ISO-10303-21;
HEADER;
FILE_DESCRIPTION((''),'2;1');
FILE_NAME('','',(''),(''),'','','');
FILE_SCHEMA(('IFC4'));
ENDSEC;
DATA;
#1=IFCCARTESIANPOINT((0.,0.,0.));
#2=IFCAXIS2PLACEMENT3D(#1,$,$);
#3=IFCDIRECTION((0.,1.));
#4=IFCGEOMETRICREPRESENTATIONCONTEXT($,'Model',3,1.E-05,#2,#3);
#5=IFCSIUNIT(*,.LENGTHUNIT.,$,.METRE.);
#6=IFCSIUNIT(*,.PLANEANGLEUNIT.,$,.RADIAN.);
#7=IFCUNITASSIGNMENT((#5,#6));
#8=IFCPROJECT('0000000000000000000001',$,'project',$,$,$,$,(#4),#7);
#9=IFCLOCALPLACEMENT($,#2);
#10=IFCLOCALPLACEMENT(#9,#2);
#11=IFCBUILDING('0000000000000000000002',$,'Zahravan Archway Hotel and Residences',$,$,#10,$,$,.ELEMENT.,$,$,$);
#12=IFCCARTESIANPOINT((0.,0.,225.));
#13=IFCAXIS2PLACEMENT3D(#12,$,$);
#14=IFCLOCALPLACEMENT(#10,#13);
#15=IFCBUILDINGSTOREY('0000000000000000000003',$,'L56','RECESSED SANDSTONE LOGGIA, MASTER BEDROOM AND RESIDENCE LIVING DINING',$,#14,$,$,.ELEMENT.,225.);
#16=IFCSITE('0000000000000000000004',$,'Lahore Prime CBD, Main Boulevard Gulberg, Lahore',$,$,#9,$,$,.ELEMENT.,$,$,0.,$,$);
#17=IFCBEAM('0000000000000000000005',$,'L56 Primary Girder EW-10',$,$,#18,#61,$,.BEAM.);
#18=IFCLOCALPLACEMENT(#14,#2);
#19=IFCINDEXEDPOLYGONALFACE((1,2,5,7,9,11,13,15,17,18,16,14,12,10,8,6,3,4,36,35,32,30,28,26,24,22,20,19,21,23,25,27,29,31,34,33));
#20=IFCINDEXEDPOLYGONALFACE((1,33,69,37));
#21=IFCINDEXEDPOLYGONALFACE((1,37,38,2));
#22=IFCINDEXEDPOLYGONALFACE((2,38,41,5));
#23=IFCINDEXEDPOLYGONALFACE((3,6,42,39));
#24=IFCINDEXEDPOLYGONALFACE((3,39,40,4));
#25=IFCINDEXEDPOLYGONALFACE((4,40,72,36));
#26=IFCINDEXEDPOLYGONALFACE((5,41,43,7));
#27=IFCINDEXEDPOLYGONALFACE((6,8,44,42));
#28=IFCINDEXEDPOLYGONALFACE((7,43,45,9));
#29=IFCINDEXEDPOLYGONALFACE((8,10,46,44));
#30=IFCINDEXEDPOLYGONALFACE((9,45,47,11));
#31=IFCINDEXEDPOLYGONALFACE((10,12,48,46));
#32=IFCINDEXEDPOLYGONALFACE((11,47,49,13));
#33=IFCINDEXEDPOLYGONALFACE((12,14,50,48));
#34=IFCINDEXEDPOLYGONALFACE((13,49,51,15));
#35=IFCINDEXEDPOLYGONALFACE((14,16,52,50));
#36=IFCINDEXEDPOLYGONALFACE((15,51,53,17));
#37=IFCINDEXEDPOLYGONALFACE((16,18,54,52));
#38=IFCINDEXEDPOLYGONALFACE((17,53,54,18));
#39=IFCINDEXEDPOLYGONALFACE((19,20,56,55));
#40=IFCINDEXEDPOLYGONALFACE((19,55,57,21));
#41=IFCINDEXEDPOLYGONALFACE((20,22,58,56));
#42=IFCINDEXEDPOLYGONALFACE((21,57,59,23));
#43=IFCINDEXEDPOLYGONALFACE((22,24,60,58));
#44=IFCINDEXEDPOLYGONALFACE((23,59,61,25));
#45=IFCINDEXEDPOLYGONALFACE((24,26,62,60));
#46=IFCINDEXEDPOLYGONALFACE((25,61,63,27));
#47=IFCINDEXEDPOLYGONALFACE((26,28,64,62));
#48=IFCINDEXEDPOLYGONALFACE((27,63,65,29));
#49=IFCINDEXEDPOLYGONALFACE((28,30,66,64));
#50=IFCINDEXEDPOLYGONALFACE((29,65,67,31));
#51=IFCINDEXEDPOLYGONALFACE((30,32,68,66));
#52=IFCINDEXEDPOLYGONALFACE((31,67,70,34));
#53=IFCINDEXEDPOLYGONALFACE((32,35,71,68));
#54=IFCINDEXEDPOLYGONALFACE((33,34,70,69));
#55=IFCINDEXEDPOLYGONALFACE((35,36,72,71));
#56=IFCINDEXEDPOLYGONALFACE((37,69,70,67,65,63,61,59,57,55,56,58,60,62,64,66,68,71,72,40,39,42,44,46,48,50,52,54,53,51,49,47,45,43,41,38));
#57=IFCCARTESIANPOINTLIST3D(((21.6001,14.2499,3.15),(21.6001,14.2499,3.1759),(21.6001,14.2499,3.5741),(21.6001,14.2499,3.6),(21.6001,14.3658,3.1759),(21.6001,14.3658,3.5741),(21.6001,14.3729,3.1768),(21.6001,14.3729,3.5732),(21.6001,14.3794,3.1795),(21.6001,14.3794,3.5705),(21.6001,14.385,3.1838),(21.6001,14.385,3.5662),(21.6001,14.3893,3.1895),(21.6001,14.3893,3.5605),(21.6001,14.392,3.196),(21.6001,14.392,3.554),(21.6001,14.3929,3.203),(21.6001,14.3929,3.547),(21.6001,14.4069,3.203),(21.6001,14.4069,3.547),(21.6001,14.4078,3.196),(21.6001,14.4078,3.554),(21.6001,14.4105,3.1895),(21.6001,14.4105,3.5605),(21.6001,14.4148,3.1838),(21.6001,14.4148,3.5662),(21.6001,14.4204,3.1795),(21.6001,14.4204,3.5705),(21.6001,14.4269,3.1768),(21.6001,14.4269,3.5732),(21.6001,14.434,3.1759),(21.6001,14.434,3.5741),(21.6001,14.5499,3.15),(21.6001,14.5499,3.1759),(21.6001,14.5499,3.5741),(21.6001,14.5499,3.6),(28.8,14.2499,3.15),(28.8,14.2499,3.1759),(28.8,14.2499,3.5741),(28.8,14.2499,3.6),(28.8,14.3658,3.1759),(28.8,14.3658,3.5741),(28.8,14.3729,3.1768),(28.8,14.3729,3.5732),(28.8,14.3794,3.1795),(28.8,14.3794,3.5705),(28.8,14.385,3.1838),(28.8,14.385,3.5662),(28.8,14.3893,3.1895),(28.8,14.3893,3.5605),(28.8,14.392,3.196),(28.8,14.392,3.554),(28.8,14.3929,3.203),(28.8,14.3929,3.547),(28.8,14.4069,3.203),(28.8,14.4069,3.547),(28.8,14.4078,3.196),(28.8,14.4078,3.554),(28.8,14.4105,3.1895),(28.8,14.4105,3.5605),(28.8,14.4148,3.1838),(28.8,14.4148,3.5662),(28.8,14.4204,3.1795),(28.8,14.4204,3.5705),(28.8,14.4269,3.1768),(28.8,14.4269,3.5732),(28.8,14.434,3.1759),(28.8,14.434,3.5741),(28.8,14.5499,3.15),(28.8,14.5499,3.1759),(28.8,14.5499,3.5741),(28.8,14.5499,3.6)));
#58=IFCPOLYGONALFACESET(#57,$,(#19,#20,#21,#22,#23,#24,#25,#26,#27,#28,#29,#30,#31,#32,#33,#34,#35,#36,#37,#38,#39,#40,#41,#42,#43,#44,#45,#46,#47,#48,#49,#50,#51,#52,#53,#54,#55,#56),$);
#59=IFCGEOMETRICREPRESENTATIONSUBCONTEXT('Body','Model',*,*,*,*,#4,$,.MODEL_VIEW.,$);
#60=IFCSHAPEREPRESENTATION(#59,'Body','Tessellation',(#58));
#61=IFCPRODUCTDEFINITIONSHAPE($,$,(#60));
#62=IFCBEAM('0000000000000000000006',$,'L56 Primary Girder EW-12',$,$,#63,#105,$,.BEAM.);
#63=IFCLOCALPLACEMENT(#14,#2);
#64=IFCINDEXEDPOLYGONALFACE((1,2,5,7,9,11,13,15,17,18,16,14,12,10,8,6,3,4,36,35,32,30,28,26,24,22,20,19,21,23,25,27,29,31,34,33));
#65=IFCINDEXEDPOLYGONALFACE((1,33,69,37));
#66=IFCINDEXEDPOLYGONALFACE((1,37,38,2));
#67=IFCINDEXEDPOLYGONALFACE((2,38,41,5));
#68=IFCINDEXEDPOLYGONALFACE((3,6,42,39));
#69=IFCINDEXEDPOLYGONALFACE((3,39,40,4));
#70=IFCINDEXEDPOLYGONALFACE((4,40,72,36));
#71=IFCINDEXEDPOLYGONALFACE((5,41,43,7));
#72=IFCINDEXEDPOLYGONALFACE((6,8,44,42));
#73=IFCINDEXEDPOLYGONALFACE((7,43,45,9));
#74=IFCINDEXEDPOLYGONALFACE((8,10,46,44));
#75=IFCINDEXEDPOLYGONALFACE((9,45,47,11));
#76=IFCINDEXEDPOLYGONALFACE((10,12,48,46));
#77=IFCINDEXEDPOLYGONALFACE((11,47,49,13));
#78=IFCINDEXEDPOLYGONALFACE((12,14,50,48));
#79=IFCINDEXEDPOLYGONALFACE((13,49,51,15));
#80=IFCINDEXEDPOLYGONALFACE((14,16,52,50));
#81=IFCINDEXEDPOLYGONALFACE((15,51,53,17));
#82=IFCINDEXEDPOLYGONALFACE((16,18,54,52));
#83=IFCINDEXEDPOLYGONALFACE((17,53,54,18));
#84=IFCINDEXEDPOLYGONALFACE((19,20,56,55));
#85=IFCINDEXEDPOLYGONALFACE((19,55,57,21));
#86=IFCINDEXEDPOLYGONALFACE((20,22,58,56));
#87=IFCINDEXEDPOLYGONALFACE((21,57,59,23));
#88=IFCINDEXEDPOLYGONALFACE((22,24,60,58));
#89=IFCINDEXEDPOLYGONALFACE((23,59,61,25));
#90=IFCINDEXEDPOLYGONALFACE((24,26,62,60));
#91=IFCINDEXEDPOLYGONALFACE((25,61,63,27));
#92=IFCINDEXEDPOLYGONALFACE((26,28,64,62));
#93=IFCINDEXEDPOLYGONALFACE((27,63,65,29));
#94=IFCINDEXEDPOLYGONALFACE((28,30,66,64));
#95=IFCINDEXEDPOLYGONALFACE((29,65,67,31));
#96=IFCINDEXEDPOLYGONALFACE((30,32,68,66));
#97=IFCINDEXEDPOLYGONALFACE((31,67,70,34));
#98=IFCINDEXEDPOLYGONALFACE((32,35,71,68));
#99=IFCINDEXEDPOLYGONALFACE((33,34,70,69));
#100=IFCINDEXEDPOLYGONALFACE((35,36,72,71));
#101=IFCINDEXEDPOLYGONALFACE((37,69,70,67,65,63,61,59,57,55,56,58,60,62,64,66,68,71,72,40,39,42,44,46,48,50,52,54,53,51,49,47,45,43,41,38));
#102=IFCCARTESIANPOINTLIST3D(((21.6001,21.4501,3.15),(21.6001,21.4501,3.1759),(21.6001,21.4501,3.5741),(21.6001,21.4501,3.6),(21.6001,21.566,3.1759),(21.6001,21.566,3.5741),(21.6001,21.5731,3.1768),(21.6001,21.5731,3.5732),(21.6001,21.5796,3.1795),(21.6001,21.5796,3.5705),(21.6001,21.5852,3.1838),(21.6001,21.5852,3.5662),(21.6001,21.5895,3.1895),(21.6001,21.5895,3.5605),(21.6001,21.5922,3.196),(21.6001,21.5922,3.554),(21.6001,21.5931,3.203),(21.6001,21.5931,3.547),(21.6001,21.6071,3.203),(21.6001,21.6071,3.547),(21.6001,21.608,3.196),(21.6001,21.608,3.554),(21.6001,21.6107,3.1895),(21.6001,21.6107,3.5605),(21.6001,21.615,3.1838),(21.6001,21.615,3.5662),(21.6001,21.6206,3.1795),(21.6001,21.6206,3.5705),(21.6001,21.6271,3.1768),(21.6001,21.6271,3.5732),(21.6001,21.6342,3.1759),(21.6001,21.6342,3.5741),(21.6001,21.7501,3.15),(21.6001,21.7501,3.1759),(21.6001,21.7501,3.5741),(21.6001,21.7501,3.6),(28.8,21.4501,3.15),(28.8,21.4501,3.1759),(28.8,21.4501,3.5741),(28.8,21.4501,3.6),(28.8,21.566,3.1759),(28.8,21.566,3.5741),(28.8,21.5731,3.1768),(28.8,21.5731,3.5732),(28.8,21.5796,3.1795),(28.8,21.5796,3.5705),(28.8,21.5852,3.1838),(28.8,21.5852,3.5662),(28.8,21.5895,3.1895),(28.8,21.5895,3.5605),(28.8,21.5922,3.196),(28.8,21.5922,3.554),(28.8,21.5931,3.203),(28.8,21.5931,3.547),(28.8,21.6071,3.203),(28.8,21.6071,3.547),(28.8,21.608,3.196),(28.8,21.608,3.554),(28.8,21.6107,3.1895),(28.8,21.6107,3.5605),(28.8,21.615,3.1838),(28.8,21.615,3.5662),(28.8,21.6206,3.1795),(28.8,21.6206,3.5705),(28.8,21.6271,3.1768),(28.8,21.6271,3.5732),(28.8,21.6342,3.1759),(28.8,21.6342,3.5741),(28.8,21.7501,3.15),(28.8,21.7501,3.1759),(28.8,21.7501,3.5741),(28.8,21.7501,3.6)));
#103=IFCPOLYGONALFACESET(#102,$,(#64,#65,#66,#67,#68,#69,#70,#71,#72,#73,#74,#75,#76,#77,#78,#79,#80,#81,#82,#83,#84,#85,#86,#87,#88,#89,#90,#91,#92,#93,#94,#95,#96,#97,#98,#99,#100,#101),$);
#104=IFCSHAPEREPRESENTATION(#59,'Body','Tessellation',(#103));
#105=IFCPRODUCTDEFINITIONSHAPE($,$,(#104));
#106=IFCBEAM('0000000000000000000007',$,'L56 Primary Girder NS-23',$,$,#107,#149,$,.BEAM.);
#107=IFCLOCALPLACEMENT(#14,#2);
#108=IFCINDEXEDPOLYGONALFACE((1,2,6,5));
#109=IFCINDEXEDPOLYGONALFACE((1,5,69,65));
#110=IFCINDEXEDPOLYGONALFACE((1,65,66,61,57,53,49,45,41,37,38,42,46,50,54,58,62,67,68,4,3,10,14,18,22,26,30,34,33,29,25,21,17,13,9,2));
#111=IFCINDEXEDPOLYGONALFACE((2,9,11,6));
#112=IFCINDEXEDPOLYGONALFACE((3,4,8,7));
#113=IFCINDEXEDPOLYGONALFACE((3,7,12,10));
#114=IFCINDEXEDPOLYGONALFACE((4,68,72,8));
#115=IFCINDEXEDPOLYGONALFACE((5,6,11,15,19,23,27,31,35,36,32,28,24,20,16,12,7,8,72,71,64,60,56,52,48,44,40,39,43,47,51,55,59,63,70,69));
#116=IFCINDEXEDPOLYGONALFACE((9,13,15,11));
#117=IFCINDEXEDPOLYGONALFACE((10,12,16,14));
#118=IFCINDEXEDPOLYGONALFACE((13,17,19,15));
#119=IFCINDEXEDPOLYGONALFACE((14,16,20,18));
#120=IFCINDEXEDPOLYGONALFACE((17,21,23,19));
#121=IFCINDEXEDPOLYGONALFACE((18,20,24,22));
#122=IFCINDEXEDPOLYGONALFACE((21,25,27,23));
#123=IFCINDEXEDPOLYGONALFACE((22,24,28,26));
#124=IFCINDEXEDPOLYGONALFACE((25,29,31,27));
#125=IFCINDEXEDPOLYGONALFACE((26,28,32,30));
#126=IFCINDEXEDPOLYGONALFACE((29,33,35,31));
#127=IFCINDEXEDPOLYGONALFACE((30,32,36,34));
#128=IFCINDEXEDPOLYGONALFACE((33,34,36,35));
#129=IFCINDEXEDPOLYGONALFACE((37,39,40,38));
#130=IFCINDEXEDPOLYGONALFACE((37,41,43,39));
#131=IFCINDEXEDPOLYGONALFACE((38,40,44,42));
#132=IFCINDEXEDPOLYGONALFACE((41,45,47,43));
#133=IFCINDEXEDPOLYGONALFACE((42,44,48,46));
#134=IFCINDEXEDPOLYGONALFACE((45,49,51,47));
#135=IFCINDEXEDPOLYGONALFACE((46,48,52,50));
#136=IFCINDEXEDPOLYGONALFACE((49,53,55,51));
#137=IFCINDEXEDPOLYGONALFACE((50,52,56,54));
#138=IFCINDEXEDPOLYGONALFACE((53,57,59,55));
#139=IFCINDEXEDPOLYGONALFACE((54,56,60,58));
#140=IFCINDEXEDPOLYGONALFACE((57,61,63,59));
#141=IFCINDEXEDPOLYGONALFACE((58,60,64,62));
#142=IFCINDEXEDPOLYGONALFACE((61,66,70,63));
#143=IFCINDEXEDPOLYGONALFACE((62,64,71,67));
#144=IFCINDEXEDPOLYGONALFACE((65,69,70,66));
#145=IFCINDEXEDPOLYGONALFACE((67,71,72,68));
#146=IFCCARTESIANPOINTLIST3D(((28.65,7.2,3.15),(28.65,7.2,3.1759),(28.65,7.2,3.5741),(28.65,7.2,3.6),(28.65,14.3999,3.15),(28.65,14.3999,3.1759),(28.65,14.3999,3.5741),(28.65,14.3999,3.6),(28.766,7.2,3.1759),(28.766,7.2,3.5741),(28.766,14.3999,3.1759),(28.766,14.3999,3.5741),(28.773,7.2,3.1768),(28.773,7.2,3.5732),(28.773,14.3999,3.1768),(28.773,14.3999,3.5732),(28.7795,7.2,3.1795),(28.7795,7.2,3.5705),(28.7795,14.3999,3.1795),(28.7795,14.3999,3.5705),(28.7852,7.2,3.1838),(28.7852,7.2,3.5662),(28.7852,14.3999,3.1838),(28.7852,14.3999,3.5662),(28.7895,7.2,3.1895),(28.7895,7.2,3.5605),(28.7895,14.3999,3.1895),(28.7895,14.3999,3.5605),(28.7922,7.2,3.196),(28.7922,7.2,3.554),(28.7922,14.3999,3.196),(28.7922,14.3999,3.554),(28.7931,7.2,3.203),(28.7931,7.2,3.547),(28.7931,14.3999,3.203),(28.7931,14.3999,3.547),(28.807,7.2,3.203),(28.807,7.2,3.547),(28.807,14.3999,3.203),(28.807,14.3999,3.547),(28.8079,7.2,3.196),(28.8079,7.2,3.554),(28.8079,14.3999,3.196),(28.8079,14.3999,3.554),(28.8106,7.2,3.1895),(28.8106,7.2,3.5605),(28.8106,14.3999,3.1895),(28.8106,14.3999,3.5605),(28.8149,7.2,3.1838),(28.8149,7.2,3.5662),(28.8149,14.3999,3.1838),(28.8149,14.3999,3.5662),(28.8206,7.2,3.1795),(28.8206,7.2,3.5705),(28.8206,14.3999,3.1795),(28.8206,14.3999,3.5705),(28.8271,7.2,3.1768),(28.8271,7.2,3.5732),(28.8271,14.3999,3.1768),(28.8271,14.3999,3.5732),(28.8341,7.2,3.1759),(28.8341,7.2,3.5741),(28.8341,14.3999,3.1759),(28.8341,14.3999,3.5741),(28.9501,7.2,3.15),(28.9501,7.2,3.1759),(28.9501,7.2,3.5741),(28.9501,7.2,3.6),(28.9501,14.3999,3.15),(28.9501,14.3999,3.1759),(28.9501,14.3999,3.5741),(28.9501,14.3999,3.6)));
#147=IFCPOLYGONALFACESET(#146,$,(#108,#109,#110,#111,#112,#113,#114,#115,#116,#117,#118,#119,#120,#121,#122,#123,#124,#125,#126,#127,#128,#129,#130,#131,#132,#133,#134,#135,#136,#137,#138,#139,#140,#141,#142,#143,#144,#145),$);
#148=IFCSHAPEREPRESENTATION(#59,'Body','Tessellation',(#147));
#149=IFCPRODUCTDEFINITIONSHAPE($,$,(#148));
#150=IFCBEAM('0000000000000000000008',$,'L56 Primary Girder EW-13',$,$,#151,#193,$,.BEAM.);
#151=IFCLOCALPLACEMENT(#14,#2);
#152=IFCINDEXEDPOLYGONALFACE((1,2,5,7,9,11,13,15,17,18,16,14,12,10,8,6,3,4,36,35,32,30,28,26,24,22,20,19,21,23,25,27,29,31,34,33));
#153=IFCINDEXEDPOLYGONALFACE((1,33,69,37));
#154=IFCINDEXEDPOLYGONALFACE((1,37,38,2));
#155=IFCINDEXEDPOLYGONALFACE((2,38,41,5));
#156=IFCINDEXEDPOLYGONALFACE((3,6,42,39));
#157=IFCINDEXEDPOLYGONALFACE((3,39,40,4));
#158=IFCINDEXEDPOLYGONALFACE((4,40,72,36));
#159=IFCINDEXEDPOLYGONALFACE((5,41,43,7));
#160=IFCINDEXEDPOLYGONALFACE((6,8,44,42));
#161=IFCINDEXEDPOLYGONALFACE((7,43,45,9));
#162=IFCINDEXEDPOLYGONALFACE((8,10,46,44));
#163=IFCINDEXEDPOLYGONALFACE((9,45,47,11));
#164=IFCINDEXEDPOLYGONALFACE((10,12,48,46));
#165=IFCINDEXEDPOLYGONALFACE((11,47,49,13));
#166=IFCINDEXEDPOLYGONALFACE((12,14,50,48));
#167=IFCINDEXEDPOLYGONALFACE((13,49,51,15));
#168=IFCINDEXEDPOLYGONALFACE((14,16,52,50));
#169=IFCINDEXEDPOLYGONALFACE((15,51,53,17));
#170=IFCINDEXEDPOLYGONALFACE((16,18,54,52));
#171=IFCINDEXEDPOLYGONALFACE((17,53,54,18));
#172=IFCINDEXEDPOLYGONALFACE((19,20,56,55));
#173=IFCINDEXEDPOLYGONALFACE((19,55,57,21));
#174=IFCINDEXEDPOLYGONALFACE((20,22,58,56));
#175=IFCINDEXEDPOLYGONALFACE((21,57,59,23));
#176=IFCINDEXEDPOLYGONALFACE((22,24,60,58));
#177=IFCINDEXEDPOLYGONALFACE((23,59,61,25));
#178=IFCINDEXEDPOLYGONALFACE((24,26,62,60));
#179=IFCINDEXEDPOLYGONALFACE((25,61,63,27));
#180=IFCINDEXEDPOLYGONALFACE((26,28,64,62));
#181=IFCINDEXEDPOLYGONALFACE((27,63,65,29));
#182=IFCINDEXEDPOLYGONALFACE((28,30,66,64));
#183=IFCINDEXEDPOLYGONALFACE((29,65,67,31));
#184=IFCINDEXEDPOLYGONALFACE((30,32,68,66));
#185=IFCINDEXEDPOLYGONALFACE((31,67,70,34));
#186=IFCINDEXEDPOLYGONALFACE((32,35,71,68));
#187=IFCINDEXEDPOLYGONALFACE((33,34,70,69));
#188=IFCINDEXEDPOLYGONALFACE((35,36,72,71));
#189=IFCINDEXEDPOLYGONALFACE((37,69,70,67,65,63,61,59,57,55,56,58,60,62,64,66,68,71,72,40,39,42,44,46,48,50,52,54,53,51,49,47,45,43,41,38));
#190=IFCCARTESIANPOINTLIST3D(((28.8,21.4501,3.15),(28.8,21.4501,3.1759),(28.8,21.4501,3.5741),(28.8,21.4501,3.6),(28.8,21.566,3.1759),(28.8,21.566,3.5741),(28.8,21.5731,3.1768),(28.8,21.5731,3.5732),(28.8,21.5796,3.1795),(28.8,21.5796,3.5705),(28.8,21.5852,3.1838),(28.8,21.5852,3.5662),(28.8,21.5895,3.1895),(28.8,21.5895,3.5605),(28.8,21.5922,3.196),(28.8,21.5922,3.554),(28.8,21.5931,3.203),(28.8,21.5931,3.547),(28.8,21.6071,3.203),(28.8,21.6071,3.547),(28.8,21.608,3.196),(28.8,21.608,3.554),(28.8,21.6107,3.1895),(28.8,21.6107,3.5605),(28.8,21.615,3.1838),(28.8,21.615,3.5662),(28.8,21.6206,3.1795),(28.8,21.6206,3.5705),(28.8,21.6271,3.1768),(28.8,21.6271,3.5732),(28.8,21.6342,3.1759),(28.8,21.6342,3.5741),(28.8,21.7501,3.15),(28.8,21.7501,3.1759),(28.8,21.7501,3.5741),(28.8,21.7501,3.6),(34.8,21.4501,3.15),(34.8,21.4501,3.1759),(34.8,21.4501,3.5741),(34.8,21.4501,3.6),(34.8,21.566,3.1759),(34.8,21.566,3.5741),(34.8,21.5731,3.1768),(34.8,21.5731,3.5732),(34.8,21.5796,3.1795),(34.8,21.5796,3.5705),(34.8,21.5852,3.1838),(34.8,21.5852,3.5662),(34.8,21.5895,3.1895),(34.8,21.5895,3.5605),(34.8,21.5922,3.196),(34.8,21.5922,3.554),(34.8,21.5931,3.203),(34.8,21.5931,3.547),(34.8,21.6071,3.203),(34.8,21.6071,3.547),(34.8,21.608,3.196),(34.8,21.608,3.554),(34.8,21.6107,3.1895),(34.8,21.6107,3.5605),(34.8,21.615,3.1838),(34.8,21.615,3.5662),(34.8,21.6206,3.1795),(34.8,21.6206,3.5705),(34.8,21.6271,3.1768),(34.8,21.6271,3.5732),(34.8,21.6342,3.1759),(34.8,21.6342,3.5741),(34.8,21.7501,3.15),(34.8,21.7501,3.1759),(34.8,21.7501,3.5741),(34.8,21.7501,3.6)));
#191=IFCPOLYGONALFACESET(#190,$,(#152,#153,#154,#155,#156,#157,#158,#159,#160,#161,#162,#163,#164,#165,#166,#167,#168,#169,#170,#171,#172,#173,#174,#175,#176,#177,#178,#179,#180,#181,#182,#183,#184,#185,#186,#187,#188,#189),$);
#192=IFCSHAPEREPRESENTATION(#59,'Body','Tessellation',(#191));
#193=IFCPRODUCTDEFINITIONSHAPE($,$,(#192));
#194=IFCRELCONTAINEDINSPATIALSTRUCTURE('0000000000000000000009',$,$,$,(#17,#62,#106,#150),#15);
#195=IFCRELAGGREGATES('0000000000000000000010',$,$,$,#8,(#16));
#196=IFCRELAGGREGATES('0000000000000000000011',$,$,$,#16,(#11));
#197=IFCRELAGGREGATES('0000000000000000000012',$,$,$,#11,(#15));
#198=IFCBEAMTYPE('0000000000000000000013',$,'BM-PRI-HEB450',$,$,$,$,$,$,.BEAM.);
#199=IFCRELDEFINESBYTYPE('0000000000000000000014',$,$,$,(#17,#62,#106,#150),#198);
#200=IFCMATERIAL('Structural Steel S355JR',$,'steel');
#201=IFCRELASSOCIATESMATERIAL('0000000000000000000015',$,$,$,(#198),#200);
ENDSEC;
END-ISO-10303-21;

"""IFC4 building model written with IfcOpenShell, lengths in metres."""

from ifc_helpers import new_model, si_unit, direction, frame, origin, origin_2d, place, context, subcontext, project, spatial, i_section, extrude, source, transform, mapped, material, material_profile, profile_set, type_object, element, save


model = new_model("IFC4")

# Units and contexts
model_context = context("Model", 3, precision=1e-05, world=origin(), true_north=direction((0.0, 1.0)))
body_context = subcontext(model_context, "Body", "Model", "MODEL_VIEW")
ifc_project = project(units=[si_unit("LENGTHUNIT", "METRE"), si_unit("PLANEANGLEUNIT", "RADIAN")], contexts=[model_context])

# Site, building, storey
site_placement = place(None, origin())
site = spatial("IfcSite", under=ifc_project, at=site_placement, Name="Lahore Prime CBD, Main Boulevard Gulberg, Lahore", CompositionType="ELEMENT", RefElevation=0.0)
building_placement = place(site_placement, origin())
building = spatial("IfcBuilding", under=site, at=building_placement, Name="Zahravan Archway Hotel and Residences", CompositionType="ELEMENT")
storey_placement = place(building_placement, frame((0.0, 0.0, 225.0)))
storey = spatial("IfcBuildingStorey", under=building, at=storey_placement, Name="L56", Description="RECESSED SANDSTONE LOGGIA, MASTER BEDROOM AND RESIDENCE LIVING DINING", CompositionType="ELEMENT", Elevation=225.0)

# Beams
ifc_material_1 = material(Name="Structural Steel S355JR", Category="steel")
ifc_material_profile_1 = material_profile(ifc_material_1, i_section(OverallWidth=0.3, OverallDepth=0.45, WebThickness=0.0139, FlangeThickness=0.0259, FilletRadius=0.0271, at=origin_2d()), Name="HEB 450", Category="steel")
ifc_profile_set_1 = profile_set([ifc_material_profile_1], Name="Structural Steel S355JR")
beam_type_1 = type_object("IfcBeamType", Name="BM-PRI-HEB450", PredefinedType="BEAM", material=ifc_profile_set_1)
shared_shape_1 = source(origin(), body_context, "Body", "SweptSolid", [
    extrude(i_section(OverallWidth=0.3, OverallDepth=0.45, WebThickness=0.0139, FlangeThickness=0.0259, FilletRadius=0.0271, at=origin_2d()), origin(), (0.0, 0.0, 1.0), 7.2),
])
for number, where, z_axis, x_axis, name in (
    (1, (21.6001, 14.3999, 3.375), (1.0, 0.0, 0.0), (0.0, 1.0, 0.0), "L56 Primary Girder EW-10"),
    (2, (21.6001, 21.6001, 3.375), (1.0, 0.0, 0.0), (0.0, 1.0, 0.0), "L56 Primary Girder EW-12"),
    (3, (28.8, 7.2, 3.375), (0.0, 1.0, 0.0), (-1.0, 0.0, 0.0), "L56 Primary Girder NS-23"),
):
    element("IfcBeam", number, at=place(storey_placement, frame(where, z_axis=z_axis, x_axis=x_axis)), inside=storey, type_object=beam_type_1, Name=name, PredefinedType="BEAM", context=body_context, shape_type="MappedRepresentation", body=[
        mapped(shared_shape_1, transform((0.0, 0.0, 0.0), scale=1.0)),
    ])
shared_shape_2 = source(origin(), body_context, "Body", "SweptSolid", [
    extrude(i_section(OverallWidth=0.3, OverallDepth=0.45, WebThickness=0.0139, FlangeThickness=0.0259, FilletRadius=0.0271, at=origin_2d()), origin(), (0.0, 0.0, 1.0), 6.0),
])
beam_1_placement = place(storey_placement, frame((28.8, 21.6001, 3.375), z_axis=(1.0, 0.0, 0.0), x_axis=(0.0, 1.0, 0.0)))
element("IfcBeam", 4, at=beam_1_placement, inside=storey, type_object=beam_type_1, Name="L56 Primary Girder EW-13", PredefinedType="BEAM", context=body_context, shape_type="MappedRepresentation", body=[
    mapped(shared_shape_2, transform((0.0, 0.0, 0.0), scale=1.0)),
])

save(model, "model.ifc")
